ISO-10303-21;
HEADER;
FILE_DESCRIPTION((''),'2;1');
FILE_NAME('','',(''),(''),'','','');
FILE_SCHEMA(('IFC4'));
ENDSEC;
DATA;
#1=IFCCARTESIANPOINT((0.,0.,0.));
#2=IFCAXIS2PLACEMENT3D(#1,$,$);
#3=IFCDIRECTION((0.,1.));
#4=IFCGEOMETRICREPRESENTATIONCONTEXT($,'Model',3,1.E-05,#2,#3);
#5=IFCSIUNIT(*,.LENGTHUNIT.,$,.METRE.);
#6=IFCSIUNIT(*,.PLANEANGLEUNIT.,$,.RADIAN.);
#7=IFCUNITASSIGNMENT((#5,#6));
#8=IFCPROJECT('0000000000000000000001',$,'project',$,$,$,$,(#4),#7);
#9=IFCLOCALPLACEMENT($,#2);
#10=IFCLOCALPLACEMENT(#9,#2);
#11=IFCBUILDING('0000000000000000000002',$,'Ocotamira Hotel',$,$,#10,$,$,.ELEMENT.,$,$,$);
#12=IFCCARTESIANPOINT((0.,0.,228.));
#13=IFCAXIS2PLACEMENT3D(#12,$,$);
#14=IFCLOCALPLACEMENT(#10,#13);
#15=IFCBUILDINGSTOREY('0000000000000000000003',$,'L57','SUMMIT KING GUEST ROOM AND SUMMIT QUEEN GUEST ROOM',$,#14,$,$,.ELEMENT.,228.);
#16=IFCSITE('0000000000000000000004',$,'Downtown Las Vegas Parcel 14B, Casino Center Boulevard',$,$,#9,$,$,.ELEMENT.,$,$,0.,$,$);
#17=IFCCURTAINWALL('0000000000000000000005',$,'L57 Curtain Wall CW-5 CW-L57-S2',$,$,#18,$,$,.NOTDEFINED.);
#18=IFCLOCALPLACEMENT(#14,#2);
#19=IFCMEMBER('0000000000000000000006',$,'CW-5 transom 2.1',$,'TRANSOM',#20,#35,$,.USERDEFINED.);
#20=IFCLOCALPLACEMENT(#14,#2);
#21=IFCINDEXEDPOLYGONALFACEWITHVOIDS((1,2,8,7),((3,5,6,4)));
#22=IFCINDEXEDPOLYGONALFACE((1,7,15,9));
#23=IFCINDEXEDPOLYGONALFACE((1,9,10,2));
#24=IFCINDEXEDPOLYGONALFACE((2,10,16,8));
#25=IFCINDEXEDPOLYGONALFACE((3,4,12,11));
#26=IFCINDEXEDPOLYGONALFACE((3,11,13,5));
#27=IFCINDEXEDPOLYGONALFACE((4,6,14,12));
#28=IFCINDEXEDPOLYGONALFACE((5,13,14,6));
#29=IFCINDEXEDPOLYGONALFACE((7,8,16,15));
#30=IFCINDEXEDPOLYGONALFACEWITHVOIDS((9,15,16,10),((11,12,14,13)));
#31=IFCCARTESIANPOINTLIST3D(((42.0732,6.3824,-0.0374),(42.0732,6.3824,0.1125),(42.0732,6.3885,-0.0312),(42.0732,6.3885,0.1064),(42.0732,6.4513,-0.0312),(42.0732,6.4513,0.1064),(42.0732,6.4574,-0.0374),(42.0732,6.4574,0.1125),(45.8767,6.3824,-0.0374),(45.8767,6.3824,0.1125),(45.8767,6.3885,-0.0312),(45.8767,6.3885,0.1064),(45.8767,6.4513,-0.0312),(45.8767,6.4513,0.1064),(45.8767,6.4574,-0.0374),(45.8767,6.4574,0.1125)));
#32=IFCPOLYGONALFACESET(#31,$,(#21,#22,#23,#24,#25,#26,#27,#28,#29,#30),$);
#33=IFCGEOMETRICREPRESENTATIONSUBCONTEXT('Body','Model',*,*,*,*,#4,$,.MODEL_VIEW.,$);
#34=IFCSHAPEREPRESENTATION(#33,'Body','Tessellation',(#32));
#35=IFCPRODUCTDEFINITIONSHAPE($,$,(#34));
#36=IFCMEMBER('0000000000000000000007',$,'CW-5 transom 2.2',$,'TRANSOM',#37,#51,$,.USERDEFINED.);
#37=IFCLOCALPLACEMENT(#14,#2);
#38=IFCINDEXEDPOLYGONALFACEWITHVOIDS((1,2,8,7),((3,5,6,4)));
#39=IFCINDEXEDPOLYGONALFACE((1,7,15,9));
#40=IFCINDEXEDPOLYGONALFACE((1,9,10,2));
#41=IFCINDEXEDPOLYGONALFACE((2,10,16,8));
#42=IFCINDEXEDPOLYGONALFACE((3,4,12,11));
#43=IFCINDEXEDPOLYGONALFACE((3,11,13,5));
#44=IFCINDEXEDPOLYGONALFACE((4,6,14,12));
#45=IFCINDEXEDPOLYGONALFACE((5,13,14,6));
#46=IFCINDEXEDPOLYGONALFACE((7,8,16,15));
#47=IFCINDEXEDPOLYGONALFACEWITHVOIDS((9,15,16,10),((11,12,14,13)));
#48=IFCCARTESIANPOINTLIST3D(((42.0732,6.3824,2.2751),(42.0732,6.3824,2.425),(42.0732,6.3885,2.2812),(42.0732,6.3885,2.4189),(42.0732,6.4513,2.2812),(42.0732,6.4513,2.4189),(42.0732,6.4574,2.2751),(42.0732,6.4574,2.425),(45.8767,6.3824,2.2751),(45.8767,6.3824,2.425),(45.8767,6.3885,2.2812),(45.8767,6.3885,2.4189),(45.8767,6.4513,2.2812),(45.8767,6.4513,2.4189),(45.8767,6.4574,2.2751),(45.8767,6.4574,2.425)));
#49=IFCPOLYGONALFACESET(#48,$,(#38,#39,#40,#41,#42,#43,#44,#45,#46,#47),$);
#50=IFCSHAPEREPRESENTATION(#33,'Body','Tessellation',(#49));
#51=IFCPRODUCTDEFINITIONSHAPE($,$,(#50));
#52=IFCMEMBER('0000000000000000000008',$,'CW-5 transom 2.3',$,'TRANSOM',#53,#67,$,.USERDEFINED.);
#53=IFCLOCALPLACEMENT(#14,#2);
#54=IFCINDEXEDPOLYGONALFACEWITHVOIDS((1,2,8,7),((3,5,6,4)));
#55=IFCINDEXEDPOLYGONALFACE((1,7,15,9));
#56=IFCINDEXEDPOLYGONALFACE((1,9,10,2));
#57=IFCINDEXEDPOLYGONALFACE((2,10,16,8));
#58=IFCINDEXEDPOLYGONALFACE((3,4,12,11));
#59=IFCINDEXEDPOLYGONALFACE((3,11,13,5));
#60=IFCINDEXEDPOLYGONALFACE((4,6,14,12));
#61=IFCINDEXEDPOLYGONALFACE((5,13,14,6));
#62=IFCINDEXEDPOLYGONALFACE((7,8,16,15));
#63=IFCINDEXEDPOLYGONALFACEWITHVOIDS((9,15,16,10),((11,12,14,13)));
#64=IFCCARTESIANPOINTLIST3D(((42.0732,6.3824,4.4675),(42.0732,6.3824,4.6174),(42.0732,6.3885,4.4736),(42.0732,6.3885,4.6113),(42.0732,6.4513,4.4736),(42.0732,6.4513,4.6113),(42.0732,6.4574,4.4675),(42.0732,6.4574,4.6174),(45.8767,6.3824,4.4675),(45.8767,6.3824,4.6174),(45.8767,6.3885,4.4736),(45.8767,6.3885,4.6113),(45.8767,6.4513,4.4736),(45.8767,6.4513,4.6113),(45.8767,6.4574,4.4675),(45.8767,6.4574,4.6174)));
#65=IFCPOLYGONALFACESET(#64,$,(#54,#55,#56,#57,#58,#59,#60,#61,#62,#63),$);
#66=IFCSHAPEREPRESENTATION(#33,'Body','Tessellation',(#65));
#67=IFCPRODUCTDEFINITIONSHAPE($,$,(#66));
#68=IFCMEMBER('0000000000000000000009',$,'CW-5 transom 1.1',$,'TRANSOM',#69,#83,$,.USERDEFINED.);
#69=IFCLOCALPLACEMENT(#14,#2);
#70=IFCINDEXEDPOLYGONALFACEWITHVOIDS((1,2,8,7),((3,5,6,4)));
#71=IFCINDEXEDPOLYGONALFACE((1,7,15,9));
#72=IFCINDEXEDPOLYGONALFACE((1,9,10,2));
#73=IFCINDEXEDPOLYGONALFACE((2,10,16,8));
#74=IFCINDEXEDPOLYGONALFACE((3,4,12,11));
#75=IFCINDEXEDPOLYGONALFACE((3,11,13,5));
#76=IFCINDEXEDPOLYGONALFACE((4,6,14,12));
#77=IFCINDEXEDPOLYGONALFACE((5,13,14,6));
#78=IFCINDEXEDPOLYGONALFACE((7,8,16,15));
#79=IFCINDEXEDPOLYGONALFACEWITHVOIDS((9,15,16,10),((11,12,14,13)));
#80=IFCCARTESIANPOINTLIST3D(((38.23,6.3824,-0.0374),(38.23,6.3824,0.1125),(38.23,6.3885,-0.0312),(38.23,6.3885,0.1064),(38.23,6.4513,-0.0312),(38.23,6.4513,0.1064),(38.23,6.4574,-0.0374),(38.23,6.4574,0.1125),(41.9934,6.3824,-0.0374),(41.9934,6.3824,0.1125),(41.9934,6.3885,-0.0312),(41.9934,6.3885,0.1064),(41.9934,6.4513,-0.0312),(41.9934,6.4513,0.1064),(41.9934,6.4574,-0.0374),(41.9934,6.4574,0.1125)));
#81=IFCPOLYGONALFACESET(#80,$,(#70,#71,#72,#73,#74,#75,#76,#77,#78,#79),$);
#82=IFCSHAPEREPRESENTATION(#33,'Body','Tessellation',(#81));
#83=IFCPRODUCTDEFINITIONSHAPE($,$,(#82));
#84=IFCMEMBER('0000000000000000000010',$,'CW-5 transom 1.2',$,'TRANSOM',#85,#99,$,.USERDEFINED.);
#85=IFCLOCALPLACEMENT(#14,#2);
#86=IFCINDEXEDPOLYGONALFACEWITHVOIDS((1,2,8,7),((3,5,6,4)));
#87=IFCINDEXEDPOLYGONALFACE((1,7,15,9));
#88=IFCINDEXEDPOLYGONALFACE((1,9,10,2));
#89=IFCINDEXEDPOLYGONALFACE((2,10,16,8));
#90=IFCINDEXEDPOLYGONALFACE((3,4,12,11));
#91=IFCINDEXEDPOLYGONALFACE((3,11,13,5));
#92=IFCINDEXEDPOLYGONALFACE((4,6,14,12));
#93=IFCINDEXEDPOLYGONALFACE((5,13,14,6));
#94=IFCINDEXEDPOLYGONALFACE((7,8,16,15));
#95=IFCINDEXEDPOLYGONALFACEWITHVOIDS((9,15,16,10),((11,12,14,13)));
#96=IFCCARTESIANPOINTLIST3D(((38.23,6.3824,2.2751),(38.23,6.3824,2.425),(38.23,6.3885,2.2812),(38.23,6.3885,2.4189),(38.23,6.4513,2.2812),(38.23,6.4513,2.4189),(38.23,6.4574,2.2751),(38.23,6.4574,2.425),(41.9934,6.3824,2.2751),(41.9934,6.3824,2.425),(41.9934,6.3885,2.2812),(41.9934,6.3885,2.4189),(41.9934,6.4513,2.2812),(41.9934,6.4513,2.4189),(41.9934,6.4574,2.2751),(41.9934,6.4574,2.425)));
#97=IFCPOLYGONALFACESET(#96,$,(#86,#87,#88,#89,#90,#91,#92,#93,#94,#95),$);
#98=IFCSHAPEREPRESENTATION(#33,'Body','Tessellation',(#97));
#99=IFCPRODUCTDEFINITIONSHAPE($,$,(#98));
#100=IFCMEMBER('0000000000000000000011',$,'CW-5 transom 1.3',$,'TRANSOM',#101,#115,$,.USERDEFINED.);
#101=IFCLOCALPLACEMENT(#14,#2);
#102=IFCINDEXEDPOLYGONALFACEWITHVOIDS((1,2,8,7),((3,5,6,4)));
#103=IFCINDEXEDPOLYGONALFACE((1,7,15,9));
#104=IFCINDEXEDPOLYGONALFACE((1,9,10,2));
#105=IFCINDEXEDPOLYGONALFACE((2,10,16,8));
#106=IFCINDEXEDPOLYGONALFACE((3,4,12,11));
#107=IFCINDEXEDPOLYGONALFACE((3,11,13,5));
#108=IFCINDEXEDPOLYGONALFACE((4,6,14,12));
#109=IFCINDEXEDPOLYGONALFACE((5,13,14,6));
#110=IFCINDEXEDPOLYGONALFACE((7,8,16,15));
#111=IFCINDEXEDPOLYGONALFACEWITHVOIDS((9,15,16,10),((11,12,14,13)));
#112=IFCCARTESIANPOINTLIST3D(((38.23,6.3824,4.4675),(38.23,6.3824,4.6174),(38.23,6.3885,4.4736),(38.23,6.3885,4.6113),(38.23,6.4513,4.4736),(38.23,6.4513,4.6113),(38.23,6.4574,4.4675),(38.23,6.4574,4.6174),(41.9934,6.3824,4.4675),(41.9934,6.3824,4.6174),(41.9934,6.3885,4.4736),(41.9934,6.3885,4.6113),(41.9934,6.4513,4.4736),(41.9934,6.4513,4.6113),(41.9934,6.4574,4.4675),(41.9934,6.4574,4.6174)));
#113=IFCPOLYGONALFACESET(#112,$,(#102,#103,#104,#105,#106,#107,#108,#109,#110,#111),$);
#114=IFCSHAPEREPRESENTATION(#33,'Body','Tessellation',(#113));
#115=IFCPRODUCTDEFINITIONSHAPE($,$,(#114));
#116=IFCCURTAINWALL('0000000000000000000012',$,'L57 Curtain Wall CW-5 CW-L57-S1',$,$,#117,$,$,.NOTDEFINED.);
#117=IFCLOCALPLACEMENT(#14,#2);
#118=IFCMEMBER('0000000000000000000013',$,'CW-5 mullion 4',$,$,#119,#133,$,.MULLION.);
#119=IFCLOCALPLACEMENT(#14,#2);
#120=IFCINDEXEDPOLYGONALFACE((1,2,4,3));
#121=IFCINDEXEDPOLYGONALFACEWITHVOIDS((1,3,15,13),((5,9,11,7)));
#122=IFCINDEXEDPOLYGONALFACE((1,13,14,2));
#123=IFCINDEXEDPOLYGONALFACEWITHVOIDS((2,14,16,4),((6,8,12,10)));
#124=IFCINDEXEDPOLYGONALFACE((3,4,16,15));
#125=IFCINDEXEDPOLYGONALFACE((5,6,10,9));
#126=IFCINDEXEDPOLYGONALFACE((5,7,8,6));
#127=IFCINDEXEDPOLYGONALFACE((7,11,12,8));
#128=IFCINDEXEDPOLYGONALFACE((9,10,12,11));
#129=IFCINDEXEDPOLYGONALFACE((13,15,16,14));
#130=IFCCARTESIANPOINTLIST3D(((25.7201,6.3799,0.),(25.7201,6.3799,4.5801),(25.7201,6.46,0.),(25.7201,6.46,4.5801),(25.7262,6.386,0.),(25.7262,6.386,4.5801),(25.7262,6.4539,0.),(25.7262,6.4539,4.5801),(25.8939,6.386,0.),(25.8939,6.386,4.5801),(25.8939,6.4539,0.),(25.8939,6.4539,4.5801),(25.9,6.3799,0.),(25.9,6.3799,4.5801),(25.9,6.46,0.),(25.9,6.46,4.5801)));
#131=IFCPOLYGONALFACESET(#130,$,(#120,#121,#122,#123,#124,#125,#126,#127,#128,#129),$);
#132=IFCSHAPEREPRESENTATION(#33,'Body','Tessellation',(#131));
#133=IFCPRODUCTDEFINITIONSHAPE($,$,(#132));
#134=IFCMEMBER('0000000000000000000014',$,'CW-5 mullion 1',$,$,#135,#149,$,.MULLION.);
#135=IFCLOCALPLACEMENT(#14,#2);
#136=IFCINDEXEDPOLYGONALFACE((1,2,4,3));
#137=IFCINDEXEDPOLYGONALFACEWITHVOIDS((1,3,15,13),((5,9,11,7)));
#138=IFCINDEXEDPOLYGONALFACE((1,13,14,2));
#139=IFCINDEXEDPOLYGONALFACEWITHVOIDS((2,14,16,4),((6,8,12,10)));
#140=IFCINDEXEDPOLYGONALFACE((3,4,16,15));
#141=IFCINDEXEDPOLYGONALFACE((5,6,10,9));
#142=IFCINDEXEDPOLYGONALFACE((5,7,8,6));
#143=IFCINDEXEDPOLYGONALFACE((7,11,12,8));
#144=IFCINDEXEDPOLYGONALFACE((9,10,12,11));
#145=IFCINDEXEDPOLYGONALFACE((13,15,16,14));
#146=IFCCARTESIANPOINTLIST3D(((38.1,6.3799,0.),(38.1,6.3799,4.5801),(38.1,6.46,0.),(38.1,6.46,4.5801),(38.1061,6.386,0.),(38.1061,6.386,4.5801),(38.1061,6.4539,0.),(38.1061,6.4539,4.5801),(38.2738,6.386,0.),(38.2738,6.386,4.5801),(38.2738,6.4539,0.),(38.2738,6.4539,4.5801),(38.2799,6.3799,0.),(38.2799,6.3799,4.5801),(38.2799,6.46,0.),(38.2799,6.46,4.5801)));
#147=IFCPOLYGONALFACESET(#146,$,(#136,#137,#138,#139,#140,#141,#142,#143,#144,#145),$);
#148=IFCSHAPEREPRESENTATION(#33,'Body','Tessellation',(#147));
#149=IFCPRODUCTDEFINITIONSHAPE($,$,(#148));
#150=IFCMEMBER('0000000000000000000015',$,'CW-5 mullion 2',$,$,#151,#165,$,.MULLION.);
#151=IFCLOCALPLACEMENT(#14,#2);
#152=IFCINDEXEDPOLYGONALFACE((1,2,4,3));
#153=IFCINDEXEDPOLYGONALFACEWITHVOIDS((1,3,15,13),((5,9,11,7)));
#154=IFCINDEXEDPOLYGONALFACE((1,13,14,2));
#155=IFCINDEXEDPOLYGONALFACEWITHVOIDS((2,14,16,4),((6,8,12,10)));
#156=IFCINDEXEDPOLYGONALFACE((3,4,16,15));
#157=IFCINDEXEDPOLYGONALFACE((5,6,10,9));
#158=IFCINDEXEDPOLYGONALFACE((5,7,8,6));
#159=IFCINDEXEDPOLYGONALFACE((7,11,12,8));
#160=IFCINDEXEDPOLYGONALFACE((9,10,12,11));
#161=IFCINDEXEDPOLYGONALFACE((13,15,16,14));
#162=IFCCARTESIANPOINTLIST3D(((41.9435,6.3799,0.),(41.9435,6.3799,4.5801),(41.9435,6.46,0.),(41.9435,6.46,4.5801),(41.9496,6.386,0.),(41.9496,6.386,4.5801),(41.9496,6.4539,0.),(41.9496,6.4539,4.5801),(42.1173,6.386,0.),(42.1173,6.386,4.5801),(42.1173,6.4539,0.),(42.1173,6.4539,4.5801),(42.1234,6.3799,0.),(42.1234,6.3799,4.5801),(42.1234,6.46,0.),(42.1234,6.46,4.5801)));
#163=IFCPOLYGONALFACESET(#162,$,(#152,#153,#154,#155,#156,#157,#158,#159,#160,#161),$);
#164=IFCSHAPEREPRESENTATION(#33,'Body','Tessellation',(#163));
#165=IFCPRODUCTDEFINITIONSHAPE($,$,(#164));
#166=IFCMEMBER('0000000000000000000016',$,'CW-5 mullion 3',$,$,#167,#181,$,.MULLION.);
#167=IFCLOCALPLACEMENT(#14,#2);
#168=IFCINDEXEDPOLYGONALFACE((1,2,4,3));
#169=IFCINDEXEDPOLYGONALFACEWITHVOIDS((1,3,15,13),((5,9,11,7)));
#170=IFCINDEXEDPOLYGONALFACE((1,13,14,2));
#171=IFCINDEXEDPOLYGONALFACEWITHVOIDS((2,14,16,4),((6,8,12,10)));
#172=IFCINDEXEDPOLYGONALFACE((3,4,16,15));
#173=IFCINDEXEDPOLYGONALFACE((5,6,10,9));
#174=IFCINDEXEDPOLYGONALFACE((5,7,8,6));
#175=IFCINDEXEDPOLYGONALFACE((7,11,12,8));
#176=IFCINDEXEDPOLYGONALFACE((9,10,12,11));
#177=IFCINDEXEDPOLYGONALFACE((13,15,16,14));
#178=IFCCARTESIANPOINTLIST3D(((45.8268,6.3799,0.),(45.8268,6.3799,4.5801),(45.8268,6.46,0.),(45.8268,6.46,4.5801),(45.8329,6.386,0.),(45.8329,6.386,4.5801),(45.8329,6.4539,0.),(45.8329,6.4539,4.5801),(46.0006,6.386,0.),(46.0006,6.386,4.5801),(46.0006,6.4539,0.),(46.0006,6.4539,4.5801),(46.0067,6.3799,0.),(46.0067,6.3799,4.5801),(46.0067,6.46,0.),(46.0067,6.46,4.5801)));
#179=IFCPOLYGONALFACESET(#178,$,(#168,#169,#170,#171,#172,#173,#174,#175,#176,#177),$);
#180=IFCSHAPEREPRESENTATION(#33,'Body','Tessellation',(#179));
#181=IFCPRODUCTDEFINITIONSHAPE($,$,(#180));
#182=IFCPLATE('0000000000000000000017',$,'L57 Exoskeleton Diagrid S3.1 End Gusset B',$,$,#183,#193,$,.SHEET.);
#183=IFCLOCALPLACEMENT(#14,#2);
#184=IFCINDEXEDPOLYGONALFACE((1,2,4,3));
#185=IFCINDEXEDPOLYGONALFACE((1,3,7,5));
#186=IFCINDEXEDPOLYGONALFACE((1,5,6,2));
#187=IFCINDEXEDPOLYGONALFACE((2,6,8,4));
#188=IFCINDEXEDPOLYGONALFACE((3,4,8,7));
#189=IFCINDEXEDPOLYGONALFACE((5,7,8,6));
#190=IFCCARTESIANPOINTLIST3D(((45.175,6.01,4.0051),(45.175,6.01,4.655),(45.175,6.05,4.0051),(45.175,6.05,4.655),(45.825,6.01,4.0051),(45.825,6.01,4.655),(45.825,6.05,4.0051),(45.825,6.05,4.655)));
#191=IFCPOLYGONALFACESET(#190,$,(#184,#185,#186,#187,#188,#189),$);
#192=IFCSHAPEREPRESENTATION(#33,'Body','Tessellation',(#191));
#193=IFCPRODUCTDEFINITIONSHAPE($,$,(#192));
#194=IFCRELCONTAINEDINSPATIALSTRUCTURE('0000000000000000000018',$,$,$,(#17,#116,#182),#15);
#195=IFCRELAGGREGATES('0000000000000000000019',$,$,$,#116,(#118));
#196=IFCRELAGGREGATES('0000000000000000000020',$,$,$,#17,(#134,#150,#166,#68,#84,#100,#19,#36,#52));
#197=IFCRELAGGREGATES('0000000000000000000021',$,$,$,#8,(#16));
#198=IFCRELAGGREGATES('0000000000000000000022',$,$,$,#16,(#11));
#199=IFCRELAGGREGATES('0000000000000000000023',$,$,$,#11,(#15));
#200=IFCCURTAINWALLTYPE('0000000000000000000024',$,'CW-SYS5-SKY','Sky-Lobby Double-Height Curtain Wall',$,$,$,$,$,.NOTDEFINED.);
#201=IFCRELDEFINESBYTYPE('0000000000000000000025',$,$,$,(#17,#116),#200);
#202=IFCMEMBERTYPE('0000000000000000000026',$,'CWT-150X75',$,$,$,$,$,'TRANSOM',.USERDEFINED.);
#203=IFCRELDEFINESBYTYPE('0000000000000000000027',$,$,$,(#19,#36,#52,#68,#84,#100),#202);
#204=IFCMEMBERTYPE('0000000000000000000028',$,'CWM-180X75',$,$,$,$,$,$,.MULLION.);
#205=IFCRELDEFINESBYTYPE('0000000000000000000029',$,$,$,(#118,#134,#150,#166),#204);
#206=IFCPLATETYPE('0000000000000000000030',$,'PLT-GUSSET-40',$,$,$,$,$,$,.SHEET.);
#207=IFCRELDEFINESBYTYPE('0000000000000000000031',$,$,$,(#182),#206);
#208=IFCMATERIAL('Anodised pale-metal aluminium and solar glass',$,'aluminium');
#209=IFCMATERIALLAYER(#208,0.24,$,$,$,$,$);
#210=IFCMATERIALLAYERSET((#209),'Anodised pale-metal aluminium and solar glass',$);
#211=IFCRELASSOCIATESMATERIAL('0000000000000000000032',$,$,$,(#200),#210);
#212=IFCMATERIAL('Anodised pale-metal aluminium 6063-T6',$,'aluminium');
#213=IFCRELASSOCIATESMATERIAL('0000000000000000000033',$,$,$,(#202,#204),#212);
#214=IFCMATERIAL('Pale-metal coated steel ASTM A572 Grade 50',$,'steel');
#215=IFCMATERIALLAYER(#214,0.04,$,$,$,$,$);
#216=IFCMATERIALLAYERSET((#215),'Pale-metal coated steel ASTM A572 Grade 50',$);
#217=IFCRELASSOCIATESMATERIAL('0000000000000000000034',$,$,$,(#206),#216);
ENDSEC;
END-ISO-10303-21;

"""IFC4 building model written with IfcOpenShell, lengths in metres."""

from ifc_helpers import new_model, si_unit, direction, frame, origin, origin_2d, place, context, subcontext, project, spatial, rectangle, hollow_rectangle, extrude, source, transform, mapped, material, layer, layer_set, material_profile, profile_set, type_object, element, aggregate, save


model = new_model("IFC4")

# Units and contexts
model_context = context("Model", 3, precision=1e-05, world=origin(), true_north=direction((0.0, 1.0)))
body_context = subcontext(model_context, "Body", "Model", "MODEL_VIEW")
ifc_project = project(units=[si_unit("LENGTHUNIT", "METRE"), si_unit("PLANEANGLEUNIT", "RADIAN")], contexts=[model_context])

# Site, building, storey
site_placement = place(None, origin())
site = spatial("IfcSite", under=ifc_project, at=site_placement, Name="Downtown Las Vegas Parcel 14B, Casino Center Boulevard", CompositionType="ELEMENT", RefElevation=0.0)
building_placement = place(site_placement, origin())
building = spatial("IfcBuilding", under=site, at=building_placement, Name="Ocotamira Hotel", CompositionType="ELEMENT")
storey_placement = place(building_placement, frame((0.0, 0.0, 228.0)))
storey = spatial("IfcBuildingStorey", under=building, at=storey_placement, Name="L57", Description="SUMMIT KING GUEST ROOM AND SUMMIT QUEEN GUEST ROOM", CompositionType="ELEMENT", Elevation=228.0)

# Curtain wall, members
ifc_material_1 = material(Name="Anodised pale-metal aluminium and solar glass", Category="aluminium")
ifc_layer_1 = layer(ifc_material_1, 0.24)
ifc_layer_set_1 = layer_set([ifc_layer_1], Name="Anodised pale-metal aluminium and solar glass")
curtain_wall_type = type_object("IfcCurtainWallType", Name="CW-SYS5-SKY", Description="Sky-Lobby Double-Height Curtain Wall", PredefinedType="NOTDEFINED", material=ifc_layer_set_1)
curtain_wall_1_placement = place(storey_placement, origin())
curtain_wall_1 = element("IfcCurtainWall", 1, at=curtain_wall_1_placement, inside=storey, type_object=curtain_wall_type, Name="L57 Curtain Wall CW-5 CW-L57-S2", PredefinedType="NOTDEFINED")
ifc_material_2 = material(Name="Anodised pale-metal aluminium 6063-T6", Category="aluminium")
ifc_material_profile_1 = material_profile(ifc_material_2, hollow_rectangle(XDim=0.075, YDim=0.1499, WallThickness=0.0061, at=origin_2d()), Name="HSS150X75X6")
ifc_profile_set_1 = profile_set([ifc_material_profile_1], Name="Anodised pale-metal aluminium 6063-T6")
member_type_1 = type_object("IfcMemberType", Name="CWT-150X75", ElementType="TRANSOM", PredefinedType="USERDEFINED", material=ifc_profile_set_1)
shared_shape_1 = source(origin(), body_context, "Body", "SweptSolid", [
    extrude(hollow_rectangle(XDim=0.075, YDim=0.1499, WallThickness=0.0061, at=origin_2d()), origin(), (0.0, 0.0, 1.0), 3.8035),
])
member_1_placement = place(storey_placement, frame((42.0732, 6.4199, 0.0376), z_axis=(1.0, 0.0, 0.0), x_axis=(0.0, 1.0, 0.0)))
member_1 = element("IfcMember", 2, at=member_1_placement, type_object=member_type_1, Name="CW-5 transom 2.1", ObjectType="TRANSOM", PredefinedType="USERDEFINED", context=body_context, shape_type="MappedRepresentation", body=[
    mapped(shared_shape_1, transform((0.0, 0.0, 0.0), scale=1.0)),
])
member_2_placement = place(storey_placement, frame((42.0732, 6.4199, 2.3501), z_axis=(1.0, 0.0, 0.0), x_axis=(0.0, 1.0, 0.0)))
member_2 = element("IfcMember", 3, at=member_2_placement, type_object=member_type_1, Name="CW-5 transom 2.2", ObjectType="TRANSOM", PredefinedType="USERDEFINED", context=body_context, shape_type="MappedRepresentation", body=[
    mapped(shared_shape_1, transform((0.0, 0.0, 0.0), scale=1.0)),
])
member_3_placement = place(storey_placement, frame((42.0732, 6.4199, 4.5425), z_axis=(1.0, 0.0, 0.0), x_axis=(0.0, 1.0, 0.0)))
member_3 = element("IfcMember", 4, at=member_3_placement, type_object=member_type_1, Name="CW-5 transom 2.3", ObjectType="TRANSOM", PredefinedType="USERDEFINED", context=body_context, shape_type="MappedRepresentation", body=[
    mapped(shared_shape_1, transform((0.0, 0.0, 0.0), scale=1.0)),
])
shared_shape_2 = source(origin(), body_context, "Body", "SweptSolid", [
    extrude(hollow_rectangle(XDim=0.075, YDim=0.1499, WallThickness=0.0061, at=origin_2d()), origin(), (0.0, 0.0, 1.0), 3.7634),
])
member_4_placement = place(storey_placement, frame((38.23, 6.4199, 0.0376), z_axis=(1.0, 0.0, 0.0), x_axis=(0.0, 1.0, 0.0)))
member_4 = element("IfcMember", 5, at=member_4_placement, type_object=member_type_1, Name="CW-5 transom 1.1", ObjectType="TRANSOM", PredefinedType="USERDEFINED", context=body_context, shape_type="MappedRepresentation", body=[
    mapped(shared_shape_2, transform((0.0, 0.0, 0.0), scale=1.0)),
])
member_5_placement = place(storey_placement, frame((38.23, 6.4199, 2.3501), z_axis=(1.0, 0.0, 0.0), x_axis=(0.0, 1.0, 0.0)))
member_5 = element("IfcMember", 6, at=member_5_placement, type_object=member_type_1, Name="CW-5 transom 1.2", ObjectType="TRANSOM", PredefinedType="USERDEFINED", context=body_context, shape_type="MappedRepresentation", body=[
    mapped(shared_shape_2, transform((0.0, 0.0, 0.0), scale=1.0)),
])
member_6_placement = place(storey_placement, frame((38.23, 6.4199, 4.5425), z_axis=(1.0, 0.0, 0.0), x_axis=(0.0, 1.0, 0.0)))
member_6 = element("IfcMember", 7, at=member_6_placement, type_object=member_type_1, Name="CW-5 transom 1.3", ObjectType="TRANSOM", PredefinedType="USERDEFINED", context=body_context, shape_type="MappedRepresentation", body=[
    mapped(shared_shape_2, transform((0.0, 0.0, 0.0), scale=1.0)),
])

# Curtain wall, member
curtain_wall_2_placement = place(storey_placement, origin())
curtain_wall_2 = element("IfcCurtainWall", 8, at=curtain_wall_2_placement, inside=storey, type_object=curtain_wall_type, Name="L57 Curtain Wall CW-5 CW-L57-S1", PredefinedType="NOTDEFINED")
ifc_material_profile_2 = material_profile(ifc_material_2, hollow_rectangle(XDim=0.0801, YDim=0.1799, WallThickness=0.0061, at=origin_2d()), Name="HSS180X80X6")
ifc_profile_set_2 = profile_set([ifc_material_profile_2], Name="Anodised pale-metal aluminium 6063-T6")
member_type_2 = type_object("IfcMemberType", Name="CWM-180X75", PredefinedType="MULLION", material=ifc_profile_set_2)
shared_shape_3 = source(origin(), body_context, "Body", "SweptSolid", [
    extrude(hollow_rectangle(XDim=0.0801, YDim=0.1799, WallThickness=0.0061, at=origin_2d()), origin(), (0.0, 0.0, 1.0), 4.5801),
])
member_7_placement = place(storey_placement, frame((25.8101, 6.4199, 0.0), z_axis=(0.0, 0.0, 1.0), x_axis=(0.0, 1.0, 0.0)))
member_7 = element("IfcMember", 9, at=member_7_placement, type_object=member_type_2, Name="CW-5 mullion 4", PredefinedType="MULLION", context=body_context, shape_type="MappedRepresentation", body=[
    mapped(shared_shape_3, transform((0.0, 0.0, 0.0), scale=1.0)),
])

# Members
member_8_placement = place(storey_placement, frame((38.1899, 6.4199, 0.0), z_axis=(0.0, 0.0, 1.0), x_axis=(0.0, 1.0, 0.0)))
member_8 = element("IfcMember", 10, at=member_8_placement, type_object=member_type_2, Name="CW-5 mullion 1", PredefinedType="MULLION", context=body_context, shape_type="MappedRepresentation", body=[
    mapped(shared_shape_3, transform((0.0, 0.0, 0.0), scale=1.0)),
])
member_9_placement = place(storey_placement, frame((42.0334, 6.4199, 0.0), z_axis=(0.0, 0.0, 1.0), x_axis=(0.0, 1.0, 0.0)))
member_9 = element("IfcMember", 11, at=member_9_placement, type_object=member_type_2, Name="CW-5 mullion 2", PredefinedType="MULLION", context=body_context, shape_type="MappedRepresentation", body=[
    mapped(shared_shape_3, transform((0.0, 0.0, 0.0), scale=1.0)),
])
member_10_placement = place(storey_placement, frame((45.9167, 6.4199, 0.0), z_axis=(0.0, 0.0, 1.0), x_axis=(0.0, 1.0, 0.0)))
member_10 = element("IfcMember", 12, at=member_10_placement, type_object=member_type_2, Name="CW-5 mullion 3", PredefinedType="MULLION", context=body_context, shape_type="MappedRepresentation", body=[
    mapped(shared_shape_3, transform((0.0, 0.0, 0.0), scale=1.0)),
])

# Plate
ifc_material_3 = material(Name="Pale-metal coated steel ASTM A572 Grade 50", Category="steel")
ifc_layer_2 = layer(ifc_material_3, 0.04)
ifc_layer_set_2 = layer_set([ifc_layer_2], Name="Pale-metal coated steel ASTM A572 Grade 50")
plate_type_1 = type_object("IfcPlateType", Name="PLT-GUSSET-40", PredefinedType="SHEET", material=ifc_layer_set_2)
shared_shape_4 = source(origin(), body_context, "Body", "SweptSolid", [
    extrude(rectangle(XDim=0.6499, YDim=0.04, at=origin_2d()), origin(), (0.0, 0.0, 1.0), 0.6499),
])
for number, where, z_axis, x_axis, name in (
    (13, (45.5, 6.03, 4.0051), (0.0, 0.0, 1.0), (1.0, 0.0, 0.0), "L57 Exoskeleton Diagrid S3.1 End Gusset B"),
):
    element("IfcPlate", number, at=place(storey_placement, frame(where, z_axis=z_axis, x_axis=x_axis)), inside=storey, type_object=plate_type_1, Name=name, PredefinedType="SHEET", context=body_context, shape_type="MappedRepresentation", body=[
        mapped(shared_shape_4, transform((0.0, 0.0, 0.0), scale=1.0)),
    ])

aggregate(curtain_wall_2, [member_7])
aggregate(curtain_wall_1, [member_8, member_9, member_10, member_4, member_5, member_6, member_1, member_2, member_3])

save(model, "model.ifc")
